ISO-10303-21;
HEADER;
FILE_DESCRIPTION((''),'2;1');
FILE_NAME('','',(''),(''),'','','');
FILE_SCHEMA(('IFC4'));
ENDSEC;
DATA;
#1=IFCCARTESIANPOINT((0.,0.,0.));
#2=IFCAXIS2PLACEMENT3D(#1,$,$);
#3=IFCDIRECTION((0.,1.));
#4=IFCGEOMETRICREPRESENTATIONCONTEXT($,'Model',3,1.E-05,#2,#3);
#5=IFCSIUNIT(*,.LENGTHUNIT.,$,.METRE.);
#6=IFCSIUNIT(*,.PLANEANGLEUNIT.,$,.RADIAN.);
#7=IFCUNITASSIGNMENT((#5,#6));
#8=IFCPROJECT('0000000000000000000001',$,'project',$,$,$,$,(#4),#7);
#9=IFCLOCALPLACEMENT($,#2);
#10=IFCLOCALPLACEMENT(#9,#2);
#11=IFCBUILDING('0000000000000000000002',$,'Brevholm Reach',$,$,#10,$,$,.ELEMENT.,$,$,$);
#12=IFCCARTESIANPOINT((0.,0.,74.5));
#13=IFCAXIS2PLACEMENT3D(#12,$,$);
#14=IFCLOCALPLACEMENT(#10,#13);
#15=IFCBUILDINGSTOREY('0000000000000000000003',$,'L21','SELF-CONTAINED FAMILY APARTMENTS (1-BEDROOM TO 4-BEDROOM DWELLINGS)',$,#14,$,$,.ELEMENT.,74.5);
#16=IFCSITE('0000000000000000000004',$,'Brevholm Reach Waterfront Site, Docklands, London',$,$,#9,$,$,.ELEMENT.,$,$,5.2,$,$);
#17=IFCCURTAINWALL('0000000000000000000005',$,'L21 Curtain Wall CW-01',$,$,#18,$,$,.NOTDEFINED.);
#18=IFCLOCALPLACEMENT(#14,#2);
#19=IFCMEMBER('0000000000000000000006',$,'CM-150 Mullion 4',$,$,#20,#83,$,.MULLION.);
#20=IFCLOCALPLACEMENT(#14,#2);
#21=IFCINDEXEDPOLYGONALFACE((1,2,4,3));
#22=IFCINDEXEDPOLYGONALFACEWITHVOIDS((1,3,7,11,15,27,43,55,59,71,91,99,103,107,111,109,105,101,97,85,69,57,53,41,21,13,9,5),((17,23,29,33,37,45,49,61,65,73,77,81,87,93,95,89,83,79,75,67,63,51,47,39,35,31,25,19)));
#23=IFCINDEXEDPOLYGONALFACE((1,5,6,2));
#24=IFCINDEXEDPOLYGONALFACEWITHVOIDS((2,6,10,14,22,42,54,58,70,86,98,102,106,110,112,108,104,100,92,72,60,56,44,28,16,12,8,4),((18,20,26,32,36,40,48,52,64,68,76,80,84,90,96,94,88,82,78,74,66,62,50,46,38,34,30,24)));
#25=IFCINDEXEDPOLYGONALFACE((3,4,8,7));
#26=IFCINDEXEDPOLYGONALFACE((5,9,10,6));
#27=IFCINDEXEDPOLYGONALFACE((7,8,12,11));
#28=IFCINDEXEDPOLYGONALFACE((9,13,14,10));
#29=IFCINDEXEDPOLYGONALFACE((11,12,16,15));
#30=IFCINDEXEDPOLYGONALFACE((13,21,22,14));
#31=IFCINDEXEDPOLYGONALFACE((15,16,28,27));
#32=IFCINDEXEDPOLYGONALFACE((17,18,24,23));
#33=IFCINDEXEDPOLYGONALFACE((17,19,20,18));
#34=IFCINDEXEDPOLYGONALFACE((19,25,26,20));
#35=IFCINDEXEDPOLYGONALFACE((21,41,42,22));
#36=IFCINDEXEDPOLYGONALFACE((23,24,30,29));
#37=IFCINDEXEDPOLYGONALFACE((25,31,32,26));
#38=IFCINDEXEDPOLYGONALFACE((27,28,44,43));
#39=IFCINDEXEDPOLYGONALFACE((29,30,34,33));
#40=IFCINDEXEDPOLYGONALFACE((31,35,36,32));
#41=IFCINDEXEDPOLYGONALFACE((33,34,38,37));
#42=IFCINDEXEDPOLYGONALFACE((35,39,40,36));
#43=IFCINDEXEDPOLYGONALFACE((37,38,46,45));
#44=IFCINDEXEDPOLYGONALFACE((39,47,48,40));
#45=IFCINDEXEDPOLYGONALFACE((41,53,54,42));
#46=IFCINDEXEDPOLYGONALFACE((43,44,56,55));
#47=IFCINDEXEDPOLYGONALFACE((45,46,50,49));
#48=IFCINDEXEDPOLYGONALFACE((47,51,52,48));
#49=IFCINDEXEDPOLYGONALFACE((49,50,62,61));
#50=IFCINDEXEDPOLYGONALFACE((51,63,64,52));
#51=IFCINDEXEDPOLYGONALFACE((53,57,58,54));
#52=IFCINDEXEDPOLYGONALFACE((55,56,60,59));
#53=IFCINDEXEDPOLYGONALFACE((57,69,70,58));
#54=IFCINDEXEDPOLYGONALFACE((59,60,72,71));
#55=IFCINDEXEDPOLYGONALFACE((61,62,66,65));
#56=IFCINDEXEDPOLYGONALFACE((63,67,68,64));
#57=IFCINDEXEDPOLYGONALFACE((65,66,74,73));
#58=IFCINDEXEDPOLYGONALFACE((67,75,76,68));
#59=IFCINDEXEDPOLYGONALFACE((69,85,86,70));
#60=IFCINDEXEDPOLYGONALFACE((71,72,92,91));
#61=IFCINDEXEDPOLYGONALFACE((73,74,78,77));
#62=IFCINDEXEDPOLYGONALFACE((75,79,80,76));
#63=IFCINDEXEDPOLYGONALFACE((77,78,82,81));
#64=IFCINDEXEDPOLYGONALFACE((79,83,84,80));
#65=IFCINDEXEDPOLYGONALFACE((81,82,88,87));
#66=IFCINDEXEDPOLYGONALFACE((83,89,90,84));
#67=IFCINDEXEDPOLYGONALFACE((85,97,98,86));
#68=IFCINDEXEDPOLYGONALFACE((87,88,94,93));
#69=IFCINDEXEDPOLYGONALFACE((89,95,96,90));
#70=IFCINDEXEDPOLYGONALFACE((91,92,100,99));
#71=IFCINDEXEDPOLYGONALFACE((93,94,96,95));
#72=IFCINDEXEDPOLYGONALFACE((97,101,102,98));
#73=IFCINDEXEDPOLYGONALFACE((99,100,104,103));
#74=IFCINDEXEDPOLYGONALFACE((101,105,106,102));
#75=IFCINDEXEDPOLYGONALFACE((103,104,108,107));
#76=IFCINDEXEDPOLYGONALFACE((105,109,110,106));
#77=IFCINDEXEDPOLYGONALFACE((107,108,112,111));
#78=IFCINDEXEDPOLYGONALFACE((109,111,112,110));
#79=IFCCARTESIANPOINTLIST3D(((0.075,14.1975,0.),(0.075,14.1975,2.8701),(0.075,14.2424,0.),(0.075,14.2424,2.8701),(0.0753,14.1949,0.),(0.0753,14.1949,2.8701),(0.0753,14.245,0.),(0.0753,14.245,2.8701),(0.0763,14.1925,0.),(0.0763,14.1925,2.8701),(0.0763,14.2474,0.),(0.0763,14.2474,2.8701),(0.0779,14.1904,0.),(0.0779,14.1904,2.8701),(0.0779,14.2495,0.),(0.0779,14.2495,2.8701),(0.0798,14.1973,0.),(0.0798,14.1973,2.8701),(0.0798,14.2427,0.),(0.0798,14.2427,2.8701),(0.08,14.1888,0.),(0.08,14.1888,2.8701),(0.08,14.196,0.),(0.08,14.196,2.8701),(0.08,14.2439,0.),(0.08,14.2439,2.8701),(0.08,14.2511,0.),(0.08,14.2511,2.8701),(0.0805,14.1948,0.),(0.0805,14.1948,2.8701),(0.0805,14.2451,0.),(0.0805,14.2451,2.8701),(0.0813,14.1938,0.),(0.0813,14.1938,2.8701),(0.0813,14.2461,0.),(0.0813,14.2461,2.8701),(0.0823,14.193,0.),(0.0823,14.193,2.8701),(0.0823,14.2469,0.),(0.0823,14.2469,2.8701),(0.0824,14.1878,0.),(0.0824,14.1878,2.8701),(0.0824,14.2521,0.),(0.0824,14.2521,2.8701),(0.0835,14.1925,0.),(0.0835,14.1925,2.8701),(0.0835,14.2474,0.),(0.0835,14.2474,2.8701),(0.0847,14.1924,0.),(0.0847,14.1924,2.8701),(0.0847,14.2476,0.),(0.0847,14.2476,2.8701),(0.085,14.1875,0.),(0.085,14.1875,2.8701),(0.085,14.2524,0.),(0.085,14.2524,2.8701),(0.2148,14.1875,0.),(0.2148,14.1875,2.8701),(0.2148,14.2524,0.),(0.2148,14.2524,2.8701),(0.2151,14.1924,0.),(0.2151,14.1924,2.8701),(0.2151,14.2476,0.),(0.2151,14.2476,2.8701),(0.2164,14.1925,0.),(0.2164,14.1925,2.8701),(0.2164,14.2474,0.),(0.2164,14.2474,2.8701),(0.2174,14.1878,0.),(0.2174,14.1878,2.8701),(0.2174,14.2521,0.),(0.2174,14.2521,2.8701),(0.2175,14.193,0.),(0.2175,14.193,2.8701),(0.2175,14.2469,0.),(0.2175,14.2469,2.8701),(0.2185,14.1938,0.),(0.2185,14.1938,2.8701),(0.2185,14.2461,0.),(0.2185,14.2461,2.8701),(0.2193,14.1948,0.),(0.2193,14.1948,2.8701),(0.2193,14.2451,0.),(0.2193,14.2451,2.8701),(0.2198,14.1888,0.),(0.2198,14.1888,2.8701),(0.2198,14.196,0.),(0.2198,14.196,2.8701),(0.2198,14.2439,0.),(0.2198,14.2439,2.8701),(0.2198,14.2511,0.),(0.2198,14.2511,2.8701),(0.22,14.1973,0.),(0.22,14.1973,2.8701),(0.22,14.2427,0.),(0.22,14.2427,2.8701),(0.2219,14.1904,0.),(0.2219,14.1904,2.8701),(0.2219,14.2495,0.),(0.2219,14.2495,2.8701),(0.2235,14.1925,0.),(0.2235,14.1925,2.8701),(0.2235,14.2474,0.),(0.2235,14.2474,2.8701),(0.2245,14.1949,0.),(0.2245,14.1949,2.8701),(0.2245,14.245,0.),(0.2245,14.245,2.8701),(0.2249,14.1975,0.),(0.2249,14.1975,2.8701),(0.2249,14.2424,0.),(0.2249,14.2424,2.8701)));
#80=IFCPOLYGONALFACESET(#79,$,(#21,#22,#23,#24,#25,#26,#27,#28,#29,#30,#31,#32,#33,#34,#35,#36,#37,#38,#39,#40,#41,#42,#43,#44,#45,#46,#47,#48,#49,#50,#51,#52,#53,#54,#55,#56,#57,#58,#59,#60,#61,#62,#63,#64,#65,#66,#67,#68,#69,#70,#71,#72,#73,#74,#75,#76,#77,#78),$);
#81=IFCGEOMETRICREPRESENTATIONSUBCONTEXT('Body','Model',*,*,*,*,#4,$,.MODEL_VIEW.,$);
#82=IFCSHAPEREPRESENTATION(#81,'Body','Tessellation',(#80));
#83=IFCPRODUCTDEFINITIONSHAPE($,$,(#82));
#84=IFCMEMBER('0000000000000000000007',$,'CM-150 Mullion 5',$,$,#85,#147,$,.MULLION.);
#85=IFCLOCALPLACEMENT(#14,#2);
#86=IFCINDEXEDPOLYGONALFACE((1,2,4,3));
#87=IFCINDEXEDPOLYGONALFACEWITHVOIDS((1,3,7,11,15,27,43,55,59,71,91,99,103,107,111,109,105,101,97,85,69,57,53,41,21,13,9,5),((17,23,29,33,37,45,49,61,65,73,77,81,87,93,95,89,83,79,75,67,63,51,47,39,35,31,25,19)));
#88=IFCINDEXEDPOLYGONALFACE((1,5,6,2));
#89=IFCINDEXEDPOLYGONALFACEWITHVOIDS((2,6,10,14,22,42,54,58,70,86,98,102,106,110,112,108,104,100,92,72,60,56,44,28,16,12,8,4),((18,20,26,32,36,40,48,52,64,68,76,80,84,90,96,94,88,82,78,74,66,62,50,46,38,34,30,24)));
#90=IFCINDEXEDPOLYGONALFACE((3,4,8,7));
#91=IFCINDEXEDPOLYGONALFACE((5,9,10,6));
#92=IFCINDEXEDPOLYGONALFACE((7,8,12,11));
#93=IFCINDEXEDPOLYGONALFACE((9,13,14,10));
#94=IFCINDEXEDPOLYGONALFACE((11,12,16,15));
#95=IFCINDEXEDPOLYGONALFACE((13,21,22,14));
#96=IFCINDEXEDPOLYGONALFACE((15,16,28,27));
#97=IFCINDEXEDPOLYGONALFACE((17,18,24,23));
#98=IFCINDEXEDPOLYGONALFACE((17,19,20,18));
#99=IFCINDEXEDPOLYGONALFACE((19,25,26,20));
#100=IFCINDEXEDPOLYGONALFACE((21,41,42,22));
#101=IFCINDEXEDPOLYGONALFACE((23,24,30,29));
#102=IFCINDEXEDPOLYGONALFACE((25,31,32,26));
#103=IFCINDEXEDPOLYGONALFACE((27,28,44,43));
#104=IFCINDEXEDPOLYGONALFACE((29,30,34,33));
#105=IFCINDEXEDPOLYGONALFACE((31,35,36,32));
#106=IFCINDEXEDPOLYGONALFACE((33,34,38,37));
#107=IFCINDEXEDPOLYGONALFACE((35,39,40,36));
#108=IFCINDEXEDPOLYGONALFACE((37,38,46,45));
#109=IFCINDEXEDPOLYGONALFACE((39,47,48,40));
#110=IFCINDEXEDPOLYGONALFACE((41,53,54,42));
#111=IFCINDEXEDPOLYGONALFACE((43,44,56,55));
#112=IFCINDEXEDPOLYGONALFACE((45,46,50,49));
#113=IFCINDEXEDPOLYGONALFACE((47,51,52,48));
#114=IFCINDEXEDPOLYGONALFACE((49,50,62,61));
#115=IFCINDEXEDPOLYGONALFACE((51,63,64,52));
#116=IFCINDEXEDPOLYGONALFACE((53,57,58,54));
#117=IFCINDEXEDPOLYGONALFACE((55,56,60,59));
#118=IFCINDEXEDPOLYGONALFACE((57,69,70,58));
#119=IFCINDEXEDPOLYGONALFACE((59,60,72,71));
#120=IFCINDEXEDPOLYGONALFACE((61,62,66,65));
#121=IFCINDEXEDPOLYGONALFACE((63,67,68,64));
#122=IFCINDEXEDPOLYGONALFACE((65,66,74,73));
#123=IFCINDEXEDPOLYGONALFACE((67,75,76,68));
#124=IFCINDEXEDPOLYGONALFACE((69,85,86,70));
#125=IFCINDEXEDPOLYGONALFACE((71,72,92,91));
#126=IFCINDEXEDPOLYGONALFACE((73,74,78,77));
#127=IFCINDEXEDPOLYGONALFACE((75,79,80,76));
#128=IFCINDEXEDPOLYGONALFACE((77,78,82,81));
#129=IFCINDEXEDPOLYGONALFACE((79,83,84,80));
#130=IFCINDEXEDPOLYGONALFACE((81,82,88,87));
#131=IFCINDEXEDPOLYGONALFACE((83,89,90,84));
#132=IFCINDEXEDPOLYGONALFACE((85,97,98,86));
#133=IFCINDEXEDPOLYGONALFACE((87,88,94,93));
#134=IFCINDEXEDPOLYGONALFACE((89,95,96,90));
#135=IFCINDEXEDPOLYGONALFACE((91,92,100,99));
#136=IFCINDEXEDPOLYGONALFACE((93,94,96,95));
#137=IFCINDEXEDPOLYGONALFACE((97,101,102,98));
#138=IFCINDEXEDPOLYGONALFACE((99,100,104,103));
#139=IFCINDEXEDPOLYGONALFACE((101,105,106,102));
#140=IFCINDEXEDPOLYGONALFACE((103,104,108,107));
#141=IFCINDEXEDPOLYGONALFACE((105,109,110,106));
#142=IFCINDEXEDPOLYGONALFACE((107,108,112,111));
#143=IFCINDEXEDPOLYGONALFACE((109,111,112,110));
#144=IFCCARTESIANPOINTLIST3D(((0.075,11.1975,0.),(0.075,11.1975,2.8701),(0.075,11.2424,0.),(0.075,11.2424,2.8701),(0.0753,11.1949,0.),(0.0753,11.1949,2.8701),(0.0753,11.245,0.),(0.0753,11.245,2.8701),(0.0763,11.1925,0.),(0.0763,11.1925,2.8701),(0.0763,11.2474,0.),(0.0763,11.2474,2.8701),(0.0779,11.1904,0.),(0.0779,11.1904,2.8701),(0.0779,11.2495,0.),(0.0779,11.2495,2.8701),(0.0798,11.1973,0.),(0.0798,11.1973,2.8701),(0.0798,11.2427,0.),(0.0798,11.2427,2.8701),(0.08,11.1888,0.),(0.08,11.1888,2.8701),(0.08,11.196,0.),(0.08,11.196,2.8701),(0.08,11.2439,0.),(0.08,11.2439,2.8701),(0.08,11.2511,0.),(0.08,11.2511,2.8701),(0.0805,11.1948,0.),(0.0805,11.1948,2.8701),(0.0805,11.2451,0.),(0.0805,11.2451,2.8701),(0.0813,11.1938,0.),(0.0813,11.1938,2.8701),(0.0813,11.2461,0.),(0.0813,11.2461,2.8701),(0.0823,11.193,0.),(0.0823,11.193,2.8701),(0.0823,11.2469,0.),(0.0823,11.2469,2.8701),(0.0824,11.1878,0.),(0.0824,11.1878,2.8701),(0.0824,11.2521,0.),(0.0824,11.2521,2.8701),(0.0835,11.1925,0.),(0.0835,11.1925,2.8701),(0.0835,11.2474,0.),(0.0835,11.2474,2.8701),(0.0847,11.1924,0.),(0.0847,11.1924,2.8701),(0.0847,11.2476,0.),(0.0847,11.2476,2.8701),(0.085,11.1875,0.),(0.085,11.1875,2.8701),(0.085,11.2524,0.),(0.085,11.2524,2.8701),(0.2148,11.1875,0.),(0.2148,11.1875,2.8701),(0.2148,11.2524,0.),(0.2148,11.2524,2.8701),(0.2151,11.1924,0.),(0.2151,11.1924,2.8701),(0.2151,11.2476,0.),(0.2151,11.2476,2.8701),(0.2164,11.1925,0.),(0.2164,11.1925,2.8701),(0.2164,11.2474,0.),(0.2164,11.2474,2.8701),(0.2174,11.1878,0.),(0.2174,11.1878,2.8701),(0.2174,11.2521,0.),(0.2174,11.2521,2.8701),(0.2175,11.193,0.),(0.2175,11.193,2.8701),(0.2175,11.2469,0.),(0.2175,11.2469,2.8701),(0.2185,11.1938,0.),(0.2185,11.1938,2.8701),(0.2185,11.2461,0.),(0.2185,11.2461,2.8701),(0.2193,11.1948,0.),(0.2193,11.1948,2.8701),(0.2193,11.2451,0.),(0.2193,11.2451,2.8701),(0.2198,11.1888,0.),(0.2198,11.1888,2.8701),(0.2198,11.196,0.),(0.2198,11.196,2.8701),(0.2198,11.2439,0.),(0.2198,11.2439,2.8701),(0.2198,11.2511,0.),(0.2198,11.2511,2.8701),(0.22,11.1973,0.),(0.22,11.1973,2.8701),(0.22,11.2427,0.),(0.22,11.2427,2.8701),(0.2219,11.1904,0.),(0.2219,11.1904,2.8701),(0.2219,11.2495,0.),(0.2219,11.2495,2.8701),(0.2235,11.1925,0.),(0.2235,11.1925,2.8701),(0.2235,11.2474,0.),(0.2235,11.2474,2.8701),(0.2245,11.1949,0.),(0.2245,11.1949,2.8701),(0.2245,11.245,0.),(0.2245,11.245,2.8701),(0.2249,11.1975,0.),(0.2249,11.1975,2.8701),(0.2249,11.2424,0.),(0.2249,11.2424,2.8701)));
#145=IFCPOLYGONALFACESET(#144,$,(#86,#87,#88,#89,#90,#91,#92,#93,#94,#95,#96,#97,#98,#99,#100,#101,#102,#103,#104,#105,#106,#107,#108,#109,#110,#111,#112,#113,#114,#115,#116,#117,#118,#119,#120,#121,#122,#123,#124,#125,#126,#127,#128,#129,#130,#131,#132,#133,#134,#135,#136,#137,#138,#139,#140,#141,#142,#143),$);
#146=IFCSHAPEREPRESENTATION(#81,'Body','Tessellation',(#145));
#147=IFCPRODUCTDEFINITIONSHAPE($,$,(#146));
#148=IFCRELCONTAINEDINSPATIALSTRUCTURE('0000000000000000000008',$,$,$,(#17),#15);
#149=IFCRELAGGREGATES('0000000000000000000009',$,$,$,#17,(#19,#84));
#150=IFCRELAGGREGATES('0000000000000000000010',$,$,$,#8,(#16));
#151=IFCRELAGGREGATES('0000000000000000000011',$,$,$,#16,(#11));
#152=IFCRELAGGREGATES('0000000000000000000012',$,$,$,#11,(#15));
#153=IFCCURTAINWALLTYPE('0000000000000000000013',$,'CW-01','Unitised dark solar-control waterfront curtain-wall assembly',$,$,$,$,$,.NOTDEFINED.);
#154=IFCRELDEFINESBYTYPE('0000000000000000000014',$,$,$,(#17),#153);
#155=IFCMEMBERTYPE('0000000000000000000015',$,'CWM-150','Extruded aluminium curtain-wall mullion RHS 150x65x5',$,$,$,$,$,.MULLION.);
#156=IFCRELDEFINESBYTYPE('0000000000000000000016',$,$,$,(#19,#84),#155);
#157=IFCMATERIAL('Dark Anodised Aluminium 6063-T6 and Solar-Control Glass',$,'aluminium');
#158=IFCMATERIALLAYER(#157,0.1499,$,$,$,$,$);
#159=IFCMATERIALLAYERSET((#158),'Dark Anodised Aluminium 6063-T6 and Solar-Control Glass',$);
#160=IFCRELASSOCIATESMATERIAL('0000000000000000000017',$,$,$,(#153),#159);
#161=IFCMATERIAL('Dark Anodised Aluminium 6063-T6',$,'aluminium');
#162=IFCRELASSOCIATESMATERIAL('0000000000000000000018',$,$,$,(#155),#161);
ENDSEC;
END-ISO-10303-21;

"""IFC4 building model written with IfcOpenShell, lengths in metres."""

from ifc_helpers import new_model, si_unit, direction, frame, origin, origin_2d, place, context, subcontext, project, spatial, hollow_rectangle, extrude, material, layer, layer_set, material_profile, profile_set, type_object, element, aggregate, save


model = new_model("IFC4")

# Units and contexts
model_context = context("Model", 3, precision=1e-05, world=origin(), true_north=direction((0.0, 1.0)))
body_context = subcontext(model_context, "Body", "Model", "MODEL_VIEW")
ifc_project = project(units=[si_unit("LENGTHUNIT", "METRE"), si_unit("PLANEANGLEUNIT", "RADIAN")], contexts=[model_context])

# Site, building, storey
site_placement = place(None, origin())
site = spatial("IfcSite", under=ifc_project, at=site_placement, Name="Brevholm Reach Waterfront Site, Docklands, London", CompositionType="ELEMENT", RefElevation=5.2)
building_placement = place(site_placement, origin())
building = spatial("IfcBuilding", under=site, at=building_placement, Name="Brevholm Reach", CompositionType="ELEMENT")
storey_placement = place(building_placement, frame((0.0, 0.0, 74.5)))
storey = spatial("IfcBuildingStorey", under=building, at=storey_placement, Name="L21", Description="SELF-CONTAINED FAMILY APARTMENTS (1-BEDROOM TO 4-BEDROOM DWELLINGS)", CompositionType="ELEMENT", Elevation=74.5)

# Curtain wall, members
ifc_material_1 = material(Name="Dark Anodised Aluminium 6063-T6 and Solar-Control Glass", Category="aluminium")
ifc_layer_1 = layer(ifc_material_1, 0.1499)
ifc_layer_set_1 = layer_set([ifc_layer_1], Name="Dark Anodised Aluminium 6063-T6 and Solar-Control Glass")
curtain_wall_type = type_object("IfcCurtainWallType", Name="CW-01", Description="Unitised dark solar-control waterfront curtain-wall assembly", PredefinedType="NOTDEFINED", material=ifc_layer_set_1)
curtain_wall_placement = place(storey_placement, origin())
curtain_wall = element("IfcCurtainWall", 1, at=curtain_wall_placement, inside=storey, type_object=curtain_wall_type, Name="L21 Curtain Wall CW-01", PredefinedType="NOTDEFINED")
ifc_material_2 = material(Name="Dark Anodised Aluminium 6063-T6", Category="aluminium")
ifc_material_profile_1 = material_profile(ifc_material_2, hollow_rectangle(XDim=0.0649, YDim=0.1499, WallThickness=0.0049, InnerFilletRadius=0.0049, OuterFilletRadius=0.01, at=origin_2d()), Name="RHS 150x65x5")
ifc_profile_set_1 = profile_set([ifc_material_profile_1], Name="Dark Anodised Aluminium 6063-T6")
member_type_1 = type_object("IfcMemberType", Name="CWM-150", Description="Extruded aluminium curtain-wall mullion RHS 150x65x5", PredefinedType="MULLION", material=ifc_profile_set_1)
member_1_placement = place(storey_placement, frame((0.1499, 14.22, 0.0), z_axis=(0.0, 0.0, 1.0), x_axis=(0.0, -1.0, 0.0)))
member_1 = element("IfcMember", 2, at=member_1_placement, type_object=member_type_1, Name="CM-150 Mullion 4", PredefinedType="MULLION", context=body_context, shape_type="SweptSolid", body=[
    extrude(hollow_rectangle(XDim=0.0649, YDim=0.1499, WallThickness=0.0049, InnerFilletRadius=0.0049, OuterFilletRadius=0.01, at=origin_2d()), origin(), (0.0, 0.0, 1.0), 2.8701),
])
member_2_placement = place(storey_placement, frame((0.1499, 11.22, 0.0), z_axis=(0.0, 0.0, 1.0), x_axis=(0.0, -1.0, 0.0)))
member_2 = element("IfcMember", 3, at=member_2_placement, type_object=member_type_1, Name="CM-150 Mullion 5", PredefinedType="MULLION", context=body_context, shape_type="SweptSolid", body=[
    extrude(hollow_rectangle(XDim=0.0649, YDim=0.1499, WallThickness=0.0049, InnerFilletRadius=0.0049, OuterFilletRadius=0.01, at=origin_2d()), origin(), (0.0, 0.0, 1.0), 2.8701),
])
aggregate(curtain_wall, [member_1, member_2])

save(model, "model.ifc")
